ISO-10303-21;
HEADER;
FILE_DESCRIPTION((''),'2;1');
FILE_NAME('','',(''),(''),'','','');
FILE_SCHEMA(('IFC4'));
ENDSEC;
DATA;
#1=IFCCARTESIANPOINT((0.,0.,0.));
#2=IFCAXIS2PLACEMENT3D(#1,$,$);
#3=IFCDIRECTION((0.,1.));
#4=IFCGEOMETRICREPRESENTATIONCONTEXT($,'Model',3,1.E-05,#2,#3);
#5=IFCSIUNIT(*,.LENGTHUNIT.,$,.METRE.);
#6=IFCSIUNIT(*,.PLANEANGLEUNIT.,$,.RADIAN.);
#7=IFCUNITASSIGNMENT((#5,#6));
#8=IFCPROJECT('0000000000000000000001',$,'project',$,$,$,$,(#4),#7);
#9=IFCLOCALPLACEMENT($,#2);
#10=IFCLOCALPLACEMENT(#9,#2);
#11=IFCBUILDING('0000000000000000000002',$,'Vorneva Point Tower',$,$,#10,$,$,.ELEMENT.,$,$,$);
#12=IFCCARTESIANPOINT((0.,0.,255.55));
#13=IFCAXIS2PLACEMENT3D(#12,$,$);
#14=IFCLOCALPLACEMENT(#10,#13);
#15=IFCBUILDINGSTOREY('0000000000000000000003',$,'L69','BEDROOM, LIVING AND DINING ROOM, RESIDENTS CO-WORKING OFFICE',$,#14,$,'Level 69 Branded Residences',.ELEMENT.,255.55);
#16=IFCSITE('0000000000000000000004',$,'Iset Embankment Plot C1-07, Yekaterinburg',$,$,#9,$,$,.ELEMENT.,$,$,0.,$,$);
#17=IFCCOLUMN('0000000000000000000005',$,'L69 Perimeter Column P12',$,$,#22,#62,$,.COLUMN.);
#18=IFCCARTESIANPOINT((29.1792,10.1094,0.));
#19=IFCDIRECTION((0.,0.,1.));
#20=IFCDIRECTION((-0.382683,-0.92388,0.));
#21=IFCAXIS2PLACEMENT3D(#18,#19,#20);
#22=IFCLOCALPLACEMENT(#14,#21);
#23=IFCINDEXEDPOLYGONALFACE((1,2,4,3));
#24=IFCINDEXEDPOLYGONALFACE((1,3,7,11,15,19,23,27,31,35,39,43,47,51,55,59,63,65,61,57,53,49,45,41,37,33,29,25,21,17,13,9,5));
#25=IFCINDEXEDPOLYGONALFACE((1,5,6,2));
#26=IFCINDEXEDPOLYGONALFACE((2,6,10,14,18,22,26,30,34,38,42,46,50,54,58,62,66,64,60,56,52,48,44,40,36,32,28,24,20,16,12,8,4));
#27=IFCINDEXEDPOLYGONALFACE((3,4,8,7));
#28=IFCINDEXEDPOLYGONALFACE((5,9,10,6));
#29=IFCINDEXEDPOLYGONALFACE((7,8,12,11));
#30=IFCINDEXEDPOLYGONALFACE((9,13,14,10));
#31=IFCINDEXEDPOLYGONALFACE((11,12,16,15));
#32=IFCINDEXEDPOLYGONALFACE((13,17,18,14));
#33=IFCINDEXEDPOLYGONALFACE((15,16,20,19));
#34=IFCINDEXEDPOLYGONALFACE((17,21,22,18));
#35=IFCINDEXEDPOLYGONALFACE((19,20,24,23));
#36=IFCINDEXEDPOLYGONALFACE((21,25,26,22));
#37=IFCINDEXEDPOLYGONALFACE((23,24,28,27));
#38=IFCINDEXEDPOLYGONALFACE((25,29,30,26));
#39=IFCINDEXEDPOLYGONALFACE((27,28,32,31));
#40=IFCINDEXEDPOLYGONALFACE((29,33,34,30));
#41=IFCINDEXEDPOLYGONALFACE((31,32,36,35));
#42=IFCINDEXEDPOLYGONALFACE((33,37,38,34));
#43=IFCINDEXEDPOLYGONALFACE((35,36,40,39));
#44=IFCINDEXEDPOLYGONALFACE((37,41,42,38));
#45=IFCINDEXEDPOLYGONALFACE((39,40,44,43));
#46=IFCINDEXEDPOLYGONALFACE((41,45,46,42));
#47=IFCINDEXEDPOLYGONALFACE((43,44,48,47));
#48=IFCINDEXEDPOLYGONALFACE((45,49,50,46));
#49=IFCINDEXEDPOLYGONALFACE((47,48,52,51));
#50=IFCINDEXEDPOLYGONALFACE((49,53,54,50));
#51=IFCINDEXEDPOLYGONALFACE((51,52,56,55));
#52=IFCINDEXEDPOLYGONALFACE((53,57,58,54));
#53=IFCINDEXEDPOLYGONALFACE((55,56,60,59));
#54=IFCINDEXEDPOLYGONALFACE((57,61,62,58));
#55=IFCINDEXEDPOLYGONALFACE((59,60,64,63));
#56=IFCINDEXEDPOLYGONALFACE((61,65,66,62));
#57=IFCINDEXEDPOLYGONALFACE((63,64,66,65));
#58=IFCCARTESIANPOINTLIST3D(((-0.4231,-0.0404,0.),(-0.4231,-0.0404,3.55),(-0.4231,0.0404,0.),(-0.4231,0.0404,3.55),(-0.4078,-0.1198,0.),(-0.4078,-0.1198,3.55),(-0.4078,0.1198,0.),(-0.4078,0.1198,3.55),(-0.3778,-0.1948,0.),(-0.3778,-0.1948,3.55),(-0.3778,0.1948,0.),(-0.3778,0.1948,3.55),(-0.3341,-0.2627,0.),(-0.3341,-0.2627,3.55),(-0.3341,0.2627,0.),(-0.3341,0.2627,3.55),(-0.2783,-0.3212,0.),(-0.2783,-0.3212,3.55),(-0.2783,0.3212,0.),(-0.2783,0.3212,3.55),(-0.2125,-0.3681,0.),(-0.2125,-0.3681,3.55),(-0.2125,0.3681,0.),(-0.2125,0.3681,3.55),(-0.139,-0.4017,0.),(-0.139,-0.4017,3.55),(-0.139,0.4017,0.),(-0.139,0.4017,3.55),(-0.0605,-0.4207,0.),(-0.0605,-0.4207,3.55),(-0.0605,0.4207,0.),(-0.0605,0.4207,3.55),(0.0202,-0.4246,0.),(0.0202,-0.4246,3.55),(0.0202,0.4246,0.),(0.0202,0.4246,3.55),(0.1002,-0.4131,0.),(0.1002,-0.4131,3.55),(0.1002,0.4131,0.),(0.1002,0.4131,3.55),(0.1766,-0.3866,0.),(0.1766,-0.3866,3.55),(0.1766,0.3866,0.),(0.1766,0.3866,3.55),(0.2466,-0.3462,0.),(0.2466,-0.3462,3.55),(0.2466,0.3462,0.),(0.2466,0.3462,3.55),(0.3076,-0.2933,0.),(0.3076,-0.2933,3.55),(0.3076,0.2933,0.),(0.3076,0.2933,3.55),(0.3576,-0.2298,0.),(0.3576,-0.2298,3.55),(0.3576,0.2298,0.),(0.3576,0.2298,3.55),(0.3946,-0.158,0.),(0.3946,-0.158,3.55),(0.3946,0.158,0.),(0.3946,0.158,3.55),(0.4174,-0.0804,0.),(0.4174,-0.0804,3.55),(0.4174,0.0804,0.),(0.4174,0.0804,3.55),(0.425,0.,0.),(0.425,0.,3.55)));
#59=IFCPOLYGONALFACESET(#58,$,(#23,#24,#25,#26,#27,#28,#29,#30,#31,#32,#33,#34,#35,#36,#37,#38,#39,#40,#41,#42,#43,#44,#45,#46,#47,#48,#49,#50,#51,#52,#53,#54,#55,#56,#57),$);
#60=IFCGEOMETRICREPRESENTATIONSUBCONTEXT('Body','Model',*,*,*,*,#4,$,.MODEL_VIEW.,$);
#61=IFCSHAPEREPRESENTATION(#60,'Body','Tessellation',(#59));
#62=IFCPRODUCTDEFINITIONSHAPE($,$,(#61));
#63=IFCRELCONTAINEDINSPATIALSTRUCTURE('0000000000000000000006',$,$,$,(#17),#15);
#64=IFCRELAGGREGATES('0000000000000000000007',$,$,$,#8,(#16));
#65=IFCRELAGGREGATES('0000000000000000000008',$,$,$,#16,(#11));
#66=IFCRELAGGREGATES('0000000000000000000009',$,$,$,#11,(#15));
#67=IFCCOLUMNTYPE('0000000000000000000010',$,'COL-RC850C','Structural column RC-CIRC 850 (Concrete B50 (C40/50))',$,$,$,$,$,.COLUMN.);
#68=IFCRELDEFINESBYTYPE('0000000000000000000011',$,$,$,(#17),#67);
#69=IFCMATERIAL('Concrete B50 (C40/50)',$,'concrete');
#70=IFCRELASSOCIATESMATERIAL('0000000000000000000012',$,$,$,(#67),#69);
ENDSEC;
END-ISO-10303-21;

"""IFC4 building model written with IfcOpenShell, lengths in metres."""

from ifc_helpers import new_model, si_unit, direction, frame, origin, origin_2d, place, context, subcontext, project, spatial, circle, extrude, material, material_profile, profile_set, type_object, element, save


model = new_model("IFC4")

# Units and contexts
model_context = context("Model", 3, precision=1e-05, world=origin(), true_north=direction((0.0, 1.0)))
body_context = subcontext(model_context, "Body", "Model", "MODEL_VIEW")
ifc_project = project(units=[si_unit("LENGTHUNIT", "METRE"), si_unit("PLANEANGLEUNIT", "RADIAN")], contexts=[model_context])

# Site, building, storey
site_placement = place(None, origin())
site = spatial("IfcSite", under=ifc_project, at=site_placement, Name="Iset Embankment Plot C1-07, Yekaterinburg", CompositionType="ELEMENT", RefElevation=0.0)
building_placement = place(site_placement, origin())
building = spatial("IfcBuilding", under=site, at=building_placement, Name="Vorneva Point Tower", CompositionType="ELEMENT")
storey_placement = place(building_placement, frame((0.0, 0.0, 255.55)))
storey = spatial("IfcBuildingStorey", under=building, at=storey_placement, Name="L69", Description="BEDROOM, LIVING AND DINING ROOM, RESIDENTS CO-WORKING OFFICE", LongName="Level 69 Branded Residences", CompositionType="ELEMENT", Elevation=255.55)

# Column
ifc_material_1 = material(Name="Concrete B50 (C40/50)", Category="concrete")
ifc_material_profile_1 = material_profile(ifc_material_1, circle(Radius=0.425, at=origin_2d()), Name="RC-CIRC 850")
ifc_profile_set_1 = profile_set([ifc_material_profile_1], Name="Concrete B50 (C40/50)")
column_type = type_object("IfcColumnType", Name="COL-RC850C", Description="Structural column RC-CIRC 850 (Concrete B50 (C40/50))", PredefinedType="COLUMN", material=ifc_profile_set_1)
for number, where, z_axis, x_axis, name in (
    (1, (29.1792, 10.1094, 0.0), (0.0, 0.0, 1.0), (-0.382683, -0.92388, 0.0), "L69 Perimeter Column P12"),
):
    element("IfcColumn", number, at=place(storey_placement, frame(where, z_axis=z_axis, x_axis=x_axis)), inside=storey, type_object=column_type, Name=name, PredefinedType="COLUMN", context=body_context, shape_type="SweptSolid", body=[
        extrude(circle(Radius=0.425, at=origin_2d()), origin(), (0.0, 0.0, 1.0), 3.55),
    ])

save(model, "model.ifc")
